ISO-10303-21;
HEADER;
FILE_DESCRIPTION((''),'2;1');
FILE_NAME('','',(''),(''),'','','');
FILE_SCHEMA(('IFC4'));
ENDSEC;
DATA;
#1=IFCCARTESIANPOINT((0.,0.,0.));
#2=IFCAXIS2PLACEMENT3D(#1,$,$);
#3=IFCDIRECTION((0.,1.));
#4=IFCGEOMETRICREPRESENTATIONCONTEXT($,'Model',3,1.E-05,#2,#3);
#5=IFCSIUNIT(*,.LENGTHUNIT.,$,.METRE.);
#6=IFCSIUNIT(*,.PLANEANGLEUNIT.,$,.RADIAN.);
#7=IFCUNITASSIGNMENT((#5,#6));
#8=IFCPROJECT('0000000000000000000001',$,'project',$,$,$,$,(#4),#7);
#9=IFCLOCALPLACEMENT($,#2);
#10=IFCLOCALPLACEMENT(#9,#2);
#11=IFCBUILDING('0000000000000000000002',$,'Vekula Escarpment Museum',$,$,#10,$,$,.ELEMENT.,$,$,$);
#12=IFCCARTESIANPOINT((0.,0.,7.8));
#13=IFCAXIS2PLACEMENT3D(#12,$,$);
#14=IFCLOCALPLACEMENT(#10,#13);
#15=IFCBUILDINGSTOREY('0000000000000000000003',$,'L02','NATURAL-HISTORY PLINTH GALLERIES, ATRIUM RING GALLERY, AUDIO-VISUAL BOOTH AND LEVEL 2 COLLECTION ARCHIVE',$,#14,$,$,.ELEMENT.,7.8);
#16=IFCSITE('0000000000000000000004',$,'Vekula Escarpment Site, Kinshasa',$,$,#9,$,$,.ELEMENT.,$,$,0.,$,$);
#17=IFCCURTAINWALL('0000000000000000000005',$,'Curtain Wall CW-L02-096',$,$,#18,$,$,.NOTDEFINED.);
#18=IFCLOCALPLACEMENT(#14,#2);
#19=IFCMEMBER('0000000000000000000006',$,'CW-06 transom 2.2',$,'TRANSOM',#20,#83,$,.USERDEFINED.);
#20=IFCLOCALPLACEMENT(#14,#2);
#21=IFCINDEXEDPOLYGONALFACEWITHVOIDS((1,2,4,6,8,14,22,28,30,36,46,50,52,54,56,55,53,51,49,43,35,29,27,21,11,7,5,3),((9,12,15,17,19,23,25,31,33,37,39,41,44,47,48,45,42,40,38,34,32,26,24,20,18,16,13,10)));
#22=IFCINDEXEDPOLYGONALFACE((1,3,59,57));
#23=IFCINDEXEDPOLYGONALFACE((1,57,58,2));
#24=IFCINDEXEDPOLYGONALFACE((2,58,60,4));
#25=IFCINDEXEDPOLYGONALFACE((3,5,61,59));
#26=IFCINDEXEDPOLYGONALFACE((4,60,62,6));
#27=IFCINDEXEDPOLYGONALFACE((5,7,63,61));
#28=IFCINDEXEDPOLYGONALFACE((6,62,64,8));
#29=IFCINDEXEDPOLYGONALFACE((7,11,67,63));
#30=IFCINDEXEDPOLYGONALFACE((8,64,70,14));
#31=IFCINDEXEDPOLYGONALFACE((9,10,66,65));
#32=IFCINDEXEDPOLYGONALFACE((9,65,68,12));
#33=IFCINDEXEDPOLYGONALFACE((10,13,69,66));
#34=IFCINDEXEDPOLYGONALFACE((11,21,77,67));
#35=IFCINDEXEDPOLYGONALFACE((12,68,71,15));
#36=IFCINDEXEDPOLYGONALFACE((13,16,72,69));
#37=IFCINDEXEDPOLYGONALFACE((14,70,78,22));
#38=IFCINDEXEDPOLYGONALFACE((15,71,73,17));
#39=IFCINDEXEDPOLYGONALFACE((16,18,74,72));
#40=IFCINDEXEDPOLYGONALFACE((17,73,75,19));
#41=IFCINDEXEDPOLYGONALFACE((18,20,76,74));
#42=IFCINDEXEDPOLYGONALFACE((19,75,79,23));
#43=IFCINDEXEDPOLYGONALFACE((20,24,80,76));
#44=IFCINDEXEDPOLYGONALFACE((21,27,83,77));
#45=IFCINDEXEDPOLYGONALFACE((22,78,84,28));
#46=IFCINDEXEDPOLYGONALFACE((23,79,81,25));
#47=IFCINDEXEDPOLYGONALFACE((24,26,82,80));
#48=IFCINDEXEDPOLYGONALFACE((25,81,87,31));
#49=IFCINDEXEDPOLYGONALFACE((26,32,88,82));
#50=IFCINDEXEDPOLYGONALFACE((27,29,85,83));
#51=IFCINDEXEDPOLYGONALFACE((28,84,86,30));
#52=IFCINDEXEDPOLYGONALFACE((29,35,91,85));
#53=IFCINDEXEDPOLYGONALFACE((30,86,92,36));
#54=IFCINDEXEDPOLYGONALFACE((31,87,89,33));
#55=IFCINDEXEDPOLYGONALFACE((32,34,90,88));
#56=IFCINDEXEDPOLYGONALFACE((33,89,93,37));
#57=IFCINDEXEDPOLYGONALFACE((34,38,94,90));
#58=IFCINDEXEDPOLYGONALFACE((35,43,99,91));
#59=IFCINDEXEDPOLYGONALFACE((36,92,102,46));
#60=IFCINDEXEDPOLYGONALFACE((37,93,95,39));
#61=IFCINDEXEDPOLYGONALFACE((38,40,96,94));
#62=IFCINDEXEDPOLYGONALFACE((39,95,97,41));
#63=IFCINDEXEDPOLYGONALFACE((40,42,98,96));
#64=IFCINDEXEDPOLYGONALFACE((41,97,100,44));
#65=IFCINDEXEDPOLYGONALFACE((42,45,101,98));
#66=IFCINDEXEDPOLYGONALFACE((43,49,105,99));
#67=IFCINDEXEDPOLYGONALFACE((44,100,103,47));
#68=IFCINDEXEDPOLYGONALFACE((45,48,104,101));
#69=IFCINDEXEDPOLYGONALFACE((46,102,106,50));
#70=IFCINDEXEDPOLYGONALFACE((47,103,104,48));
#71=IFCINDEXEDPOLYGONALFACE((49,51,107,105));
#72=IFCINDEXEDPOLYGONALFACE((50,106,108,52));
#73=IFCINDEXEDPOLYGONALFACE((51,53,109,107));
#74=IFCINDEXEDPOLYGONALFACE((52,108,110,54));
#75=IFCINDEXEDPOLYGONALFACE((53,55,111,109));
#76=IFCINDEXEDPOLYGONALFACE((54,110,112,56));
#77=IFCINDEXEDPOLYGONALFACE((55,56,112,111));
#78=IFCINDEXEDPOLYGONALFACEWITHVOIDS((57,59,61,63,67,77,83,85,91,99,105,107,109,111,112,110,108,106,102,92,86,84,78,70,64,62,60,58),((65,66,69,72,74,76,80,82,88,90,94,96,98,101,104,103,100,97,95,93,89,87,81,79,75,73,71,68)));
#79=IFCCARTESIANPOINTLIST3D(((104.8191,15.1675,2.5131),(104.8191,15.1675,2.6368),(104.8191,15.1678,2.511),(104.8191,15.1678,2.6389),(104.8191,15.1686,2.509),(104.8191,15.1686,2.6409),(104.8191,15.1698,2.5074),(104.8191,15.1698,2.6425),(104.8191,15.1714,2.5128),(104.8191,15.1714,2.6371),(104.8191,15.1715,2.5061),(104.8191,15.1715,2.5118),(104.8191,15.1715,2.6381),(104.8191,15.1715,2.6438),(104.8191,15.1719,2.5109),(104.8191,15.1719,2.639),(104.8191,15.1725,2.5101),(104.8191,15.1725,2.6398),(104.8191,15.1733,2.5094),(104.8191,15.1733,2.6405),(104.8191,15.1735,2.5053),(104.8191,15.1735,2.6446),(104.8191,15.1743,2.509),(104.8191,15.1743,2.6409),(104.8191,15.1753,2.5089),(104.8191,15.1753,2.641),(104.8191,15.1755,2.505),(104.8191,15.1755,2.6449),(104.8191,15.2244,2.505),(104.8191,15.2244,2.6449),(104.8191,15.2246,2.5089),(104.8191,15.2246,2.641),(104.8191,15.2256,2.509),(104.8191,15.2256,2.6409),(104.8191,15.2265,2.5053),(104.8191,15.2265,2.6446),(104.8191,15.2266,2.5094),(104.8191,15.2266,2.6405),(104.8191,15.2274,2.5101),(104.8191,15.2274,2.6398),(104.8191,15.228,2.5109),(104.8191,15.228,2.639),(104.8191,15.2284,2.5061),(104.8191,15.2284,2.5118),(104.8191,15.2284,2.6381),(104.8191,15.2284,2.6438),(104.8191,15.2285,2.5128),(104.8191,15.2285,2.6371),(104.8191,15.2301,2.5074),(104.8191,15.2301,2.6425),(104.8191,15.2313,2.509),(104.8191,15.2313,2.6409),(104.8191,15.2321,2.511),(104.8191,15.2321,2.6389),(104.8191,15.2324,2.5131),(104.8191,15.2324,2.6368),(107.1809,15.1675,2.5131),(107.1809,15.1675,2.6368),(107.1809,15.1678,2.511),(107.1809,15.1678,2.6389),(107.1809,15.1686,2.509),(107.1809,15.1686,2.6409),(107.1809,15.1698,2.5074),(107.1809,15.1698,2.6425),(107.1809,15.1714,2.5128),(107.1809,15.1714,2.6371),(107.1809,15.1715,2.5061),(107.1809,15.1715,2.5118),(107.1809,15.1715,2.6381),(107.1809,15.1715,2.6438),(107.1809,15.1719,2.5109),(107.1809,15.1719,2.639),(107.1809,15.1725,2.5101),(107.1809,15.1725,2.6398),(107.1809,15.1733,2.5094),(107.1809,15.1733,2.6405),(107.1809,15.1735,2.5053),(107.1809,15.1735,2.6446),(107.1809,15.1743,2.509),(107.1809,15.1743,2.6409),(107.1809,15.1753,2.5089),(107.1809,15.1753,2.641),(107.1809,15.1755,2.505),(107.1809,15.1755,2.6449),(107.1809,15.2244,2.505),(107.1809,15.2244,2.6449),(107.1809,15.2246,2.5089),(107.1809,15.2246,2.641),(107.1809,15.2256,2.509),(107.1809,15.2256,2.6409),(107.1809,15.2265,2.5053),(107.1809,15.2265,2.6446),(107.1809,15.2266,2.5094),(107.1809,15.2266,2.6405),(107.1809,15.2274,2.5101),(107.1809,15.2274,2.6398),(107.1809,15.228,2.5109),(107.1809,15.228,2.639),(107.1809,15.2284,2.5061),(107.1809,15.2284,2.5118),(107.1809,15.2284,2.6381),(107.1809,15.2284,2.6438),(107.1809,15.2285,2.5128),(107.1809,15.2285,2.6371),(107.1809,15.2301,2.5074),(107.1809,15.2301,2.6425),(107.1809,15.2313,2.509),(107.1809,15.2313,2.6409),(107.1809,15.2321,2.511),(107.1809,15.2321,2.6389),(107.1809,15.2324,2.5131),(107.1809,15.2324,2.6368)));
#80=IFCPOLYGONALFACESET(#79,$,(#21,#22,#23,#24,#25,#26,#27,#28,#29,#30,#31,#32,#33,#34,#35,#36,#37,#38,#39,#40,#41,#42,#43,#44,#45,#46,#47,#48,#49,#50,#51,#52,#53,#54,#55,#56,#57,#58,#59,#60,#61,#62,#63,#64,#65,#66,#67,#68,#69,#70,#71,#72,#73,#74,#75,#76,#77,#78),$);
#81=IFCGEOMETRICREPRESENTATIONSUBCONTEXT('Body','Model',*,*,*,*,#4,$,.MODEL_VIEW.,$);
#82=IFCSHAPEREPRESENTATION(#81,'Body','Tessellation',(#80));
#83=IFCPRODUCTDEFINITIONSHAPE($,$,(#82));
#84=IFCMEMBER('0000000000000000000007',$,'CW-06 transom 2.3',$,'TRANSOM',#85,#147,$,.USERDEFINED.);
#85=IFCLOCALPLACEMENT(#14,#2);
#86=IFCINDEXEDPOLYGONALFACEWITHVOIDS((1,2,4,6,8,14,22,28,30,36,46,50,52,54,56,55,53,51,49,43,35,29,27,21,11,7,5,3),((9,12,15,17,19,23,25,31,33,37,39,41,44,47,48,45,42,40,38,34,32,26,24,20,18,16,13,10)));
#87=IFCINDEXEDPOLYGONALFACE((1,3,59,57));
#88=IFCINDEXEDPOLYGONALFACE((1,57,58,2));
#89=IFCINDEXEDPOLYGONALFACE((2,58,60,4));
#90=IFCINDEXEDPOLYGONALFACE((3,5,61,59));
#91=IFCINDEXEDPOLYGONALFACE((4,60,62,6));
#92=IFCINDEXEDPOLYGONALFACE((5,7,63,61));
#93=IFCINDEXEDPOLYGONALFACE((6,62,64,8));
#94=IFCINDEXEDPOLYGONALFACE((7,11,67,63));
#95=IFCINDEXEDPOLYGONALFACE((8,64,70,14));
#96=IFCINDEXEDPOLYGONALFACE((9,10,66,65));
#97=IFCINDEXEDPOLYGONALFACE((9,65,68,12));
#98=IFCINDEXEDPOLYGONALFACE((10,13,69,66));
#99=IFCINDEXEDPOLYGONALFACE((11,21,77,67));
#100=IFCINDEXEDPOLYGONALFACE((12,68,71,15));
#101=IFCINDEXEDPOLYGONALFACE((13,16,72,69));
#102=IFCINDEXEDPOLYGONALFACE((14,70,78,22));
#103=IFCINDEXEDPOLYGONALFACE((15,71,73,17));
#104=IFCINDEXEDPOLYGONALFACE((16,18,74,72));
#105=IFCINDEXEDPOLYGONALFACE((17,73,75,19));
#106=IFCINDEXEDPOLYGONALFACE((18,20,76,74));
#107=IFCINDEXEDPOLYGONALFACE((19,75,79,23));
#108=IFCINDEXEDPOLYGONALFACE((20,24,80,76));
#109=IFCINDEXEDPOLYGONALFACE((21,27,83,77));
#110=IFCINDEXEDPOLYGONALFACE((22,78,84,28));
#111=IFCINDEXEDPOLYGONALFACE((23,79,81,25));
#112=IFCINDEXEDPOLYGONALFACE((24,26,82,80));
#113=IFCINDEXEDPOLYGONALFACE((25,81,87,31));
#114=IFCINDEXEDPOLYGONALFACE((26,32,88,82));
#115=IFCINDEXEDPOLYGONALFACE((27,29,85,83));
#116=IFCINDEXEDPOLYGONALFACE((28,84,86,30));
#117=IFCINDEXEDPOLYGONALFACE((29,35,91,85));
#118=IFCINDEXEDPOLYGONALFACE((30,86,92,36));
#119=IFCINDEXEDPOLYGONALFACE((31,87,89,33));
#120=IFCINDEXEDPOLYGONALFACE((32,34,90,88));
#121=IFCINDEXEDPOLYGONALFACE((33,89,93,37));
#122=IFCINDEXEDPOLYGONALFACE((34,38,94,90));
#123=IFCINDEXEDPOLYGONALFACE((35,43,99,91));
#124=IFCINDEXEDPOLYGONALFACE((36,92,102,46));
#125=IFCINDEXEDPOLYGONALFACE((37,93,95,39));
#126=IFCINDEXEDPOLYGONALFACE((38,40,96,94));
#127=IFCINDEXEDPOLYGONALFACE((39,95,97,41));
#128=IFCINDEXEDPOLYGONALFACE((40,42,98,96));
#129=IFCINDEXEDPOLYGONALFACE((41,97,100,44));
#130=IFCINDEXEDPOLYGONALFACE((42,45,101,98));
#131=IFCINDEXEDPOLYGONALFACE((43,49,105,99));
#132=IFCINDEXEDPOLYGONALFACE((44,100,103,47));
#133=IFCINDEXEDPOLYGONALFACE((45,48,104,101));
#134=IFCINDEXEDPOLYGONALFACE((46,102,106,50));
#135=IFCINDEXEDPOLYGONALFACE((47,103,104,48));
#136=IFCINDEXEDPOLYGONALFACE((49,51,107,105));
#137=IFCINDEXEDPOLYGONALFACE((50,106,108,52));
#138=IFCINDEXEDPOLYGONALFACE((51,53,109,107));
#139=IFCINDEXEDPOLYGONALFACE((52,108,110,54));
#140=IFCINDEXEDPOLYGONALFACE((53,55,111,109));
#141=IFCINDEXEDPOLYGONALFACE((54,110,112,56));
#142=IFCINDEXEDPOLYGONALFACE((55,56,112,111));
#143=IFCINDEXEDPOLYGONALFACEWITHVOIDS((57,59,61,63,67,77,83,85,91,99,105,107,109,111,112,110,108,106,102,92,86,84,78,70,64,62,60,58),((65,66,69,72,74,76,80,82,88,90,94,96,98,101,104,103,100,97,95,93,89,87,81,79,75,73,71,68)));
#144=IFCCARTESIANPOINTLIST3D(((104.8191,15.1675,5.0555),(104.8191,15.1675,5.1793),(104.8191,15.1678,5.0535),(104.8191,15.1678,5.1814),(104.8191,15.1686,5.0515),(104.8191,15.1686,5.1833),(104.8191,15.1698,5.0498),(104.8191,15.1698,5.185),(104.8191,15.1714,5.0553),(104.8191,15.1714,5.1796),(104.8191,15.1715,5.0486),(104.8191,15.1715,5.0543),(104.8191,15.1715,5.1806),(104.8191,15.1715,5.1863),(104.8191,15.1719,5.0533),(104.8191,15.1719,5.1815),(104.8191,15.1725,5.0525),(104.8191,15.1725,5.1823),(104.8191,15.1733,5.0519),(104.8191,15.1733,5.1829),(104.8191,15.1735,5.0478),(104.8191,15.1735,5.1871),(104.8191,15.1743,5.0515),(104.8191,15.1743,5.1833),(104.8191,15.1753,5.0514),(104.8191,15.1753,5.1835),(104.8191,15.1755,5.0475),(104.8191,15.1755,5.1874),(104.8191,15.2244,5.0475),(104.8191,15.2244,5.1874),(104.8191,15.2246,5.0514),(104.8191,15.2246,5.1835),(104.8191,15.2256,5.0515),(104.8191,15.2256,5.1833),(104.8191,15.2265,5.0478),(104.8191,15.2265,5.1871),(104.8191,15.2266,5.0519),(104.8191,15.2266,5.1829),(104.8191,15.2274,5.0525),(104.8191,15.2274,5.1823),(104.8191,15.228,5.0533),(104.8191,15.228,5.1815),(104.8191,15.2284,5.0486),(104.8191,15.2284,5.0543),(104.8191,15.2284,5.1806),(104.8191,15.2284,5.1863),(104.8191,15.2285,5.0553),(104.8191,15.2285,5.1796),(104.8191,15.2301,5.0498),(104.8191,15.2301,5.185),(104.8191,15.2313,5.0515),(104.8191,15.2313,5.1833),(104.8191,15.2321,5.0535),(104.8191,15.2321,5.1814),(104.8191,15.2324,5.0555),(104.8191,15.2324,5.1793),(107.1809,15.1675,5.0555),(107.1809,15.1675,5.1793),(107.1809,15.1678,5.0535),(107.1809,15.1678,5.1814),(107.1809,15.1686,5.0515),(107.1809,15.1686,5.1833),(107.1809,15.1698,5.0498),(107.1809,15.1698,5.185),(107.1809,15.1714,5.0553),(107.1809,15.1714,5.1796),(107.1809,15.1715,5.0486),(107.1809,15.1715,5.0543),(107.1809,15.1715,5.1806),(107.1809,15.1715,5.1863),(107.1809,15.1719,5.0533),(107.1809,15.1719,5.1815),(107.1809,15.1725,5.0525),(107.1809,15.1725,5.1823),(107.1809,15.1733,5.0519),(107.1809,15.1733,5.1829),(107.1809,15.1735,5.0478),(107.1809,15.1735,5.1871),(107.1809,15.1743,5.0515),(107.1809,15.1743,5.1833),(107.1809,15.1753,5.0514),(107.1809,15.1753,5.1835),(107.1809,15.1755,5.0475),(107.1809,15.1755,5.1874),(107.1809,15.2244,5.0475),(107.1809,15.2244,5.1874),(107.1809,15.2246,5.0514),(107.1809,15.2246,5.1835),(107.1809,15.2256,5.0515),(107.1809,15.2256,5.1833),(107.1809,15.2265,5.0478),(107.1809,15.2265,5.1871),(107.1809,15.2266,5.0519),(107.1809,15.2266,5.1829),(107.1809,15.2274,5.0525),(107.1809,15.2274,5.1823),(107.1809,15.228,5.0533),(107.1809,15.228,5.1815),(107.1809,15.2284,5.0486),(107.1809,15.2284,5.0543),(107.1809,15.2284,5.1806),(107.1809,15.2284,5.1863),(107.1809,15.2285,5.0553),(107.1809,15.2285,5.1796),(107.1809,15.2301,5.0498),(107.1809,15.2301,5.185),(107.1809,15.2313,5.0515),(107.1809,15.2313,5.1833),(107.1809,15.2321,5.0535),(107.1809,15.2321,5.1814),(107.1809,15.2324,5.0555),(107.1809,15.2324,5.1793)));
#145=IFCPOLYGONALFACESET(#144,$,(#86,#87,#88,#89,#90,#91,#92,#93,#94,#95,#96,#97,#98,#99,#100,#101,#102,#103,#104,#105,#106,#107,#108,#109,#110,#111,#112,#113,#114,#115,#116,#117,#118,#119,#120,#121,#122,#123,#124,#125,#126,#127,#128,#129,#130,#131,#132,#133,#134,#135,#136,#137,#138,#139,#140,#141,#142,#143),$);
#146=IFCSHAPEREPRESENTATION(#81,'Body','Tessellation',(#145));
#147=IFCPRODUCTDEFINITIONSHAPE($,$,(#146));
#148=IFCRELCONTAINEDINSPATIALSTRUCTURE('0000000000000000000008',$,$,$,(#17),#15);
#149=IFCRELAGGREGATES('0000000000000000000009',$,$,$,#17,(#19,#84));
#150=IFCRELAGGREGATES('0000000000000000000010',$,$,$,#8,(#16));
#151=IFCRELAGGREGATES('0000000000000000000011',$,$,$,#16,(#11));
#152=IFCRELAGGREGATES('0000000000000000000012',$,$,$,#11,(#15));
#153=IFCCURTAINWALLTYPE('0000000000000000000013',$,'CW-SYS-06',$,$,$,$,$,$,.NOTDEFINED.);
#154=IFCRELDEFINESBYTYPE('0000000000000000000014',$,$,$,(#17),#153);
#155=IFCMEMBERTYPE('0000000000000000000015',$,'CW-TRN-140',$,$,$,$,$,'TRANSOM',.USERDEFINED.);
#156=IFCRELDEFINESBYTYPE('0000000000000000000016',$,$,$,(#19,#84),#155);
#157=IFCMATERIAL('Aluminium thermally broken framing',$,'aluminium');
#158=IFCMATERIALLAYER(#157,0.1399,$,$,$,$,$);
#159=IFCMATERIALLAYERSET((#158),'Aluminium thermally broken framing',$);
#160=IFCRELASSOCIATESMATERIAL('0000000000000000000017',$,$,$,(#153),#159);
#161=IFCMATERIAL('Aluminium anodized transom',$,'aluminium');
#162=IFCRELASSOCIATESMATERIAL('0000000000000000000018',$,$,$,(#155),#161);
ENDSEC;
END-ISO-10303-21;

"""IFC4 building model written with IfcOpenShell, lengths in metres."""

from ifc_helpers import new_model, si_unit, direction, frame, origin, origin_2d, place, context, subcontext, project, spatial, hollow_rectangle, extrude, material, layer, layer_set, material_profile, profile_set, type_object, element, aggregate, save


model = new_model("IFC4")

# Units and contexts
model_context = context("Model", 3, precision=1e-05, world=origin(), true_north=direction((0.0, 1.0)))
body_context = subcontext(model_context, "Body", "Model", "MODEL_VIEW")
ifc_project = project(units=[si_unit("LENGTHUNIT", "METRE"), si_unit("PLANEANGLEUNIT", "RADIAN")], contexts=[model_context])

# Site, building, storey
site_placement = place(None, origin())
site = spatial("IfcSite", under=ifc_project, at=site_placement, Name="Vekula Escarpment Site, Kinshasa", CompositionType="ELEMENT", RefElevation=0.0)
building_placement = place(site_placement, origin())
building = spatial("IfcBuilding", under=site, at=building_placement, Name="Vekula Escarpment Museum", CompositionType="ELEMENT")
storey_placement = place(building_placement, frame((0.0, 0.0, 7.8)))
storey = spatial("IfcBuildingStorey", under=building, at=storey_placement, Name="L02", Description="NATURAL-HISTORY PLINTH GALLERIES, ATRIUM RING GALLERY, AUDIO-VISUAL BOOTH AND LEVEL 2 COLLECTION ARCHIVE", CompositionType="ELEMENT", Elevation=7.8)

# Curtain wall, members
ifc_material_1 = material(Name="Aluminium thermally broken framing", Category="aluminium")
ifc_layer_1 = layer(ifc_material_1, 0.1399)
ifc_layer_set_1 = layer_set([ifc_layer_1], Name="Aluminium thermally broken framing")
curtain_wall_type = type_object("IfcCurtainWallType", Name="CW-SYS-06", PredefinedType="NOTDEFINED", material=ifc_layer_set_1)
curtain_wall_placement = place(storey_placement, origin())
curtain_wall = element("IfcCurtainWall", 1, at=curtain_wall_placement, inside=storey, type_object=curtain_wall_type, Name="Curtain Wall CW-L02-096", PredefinedType="NOTDEFINED")
ifc_material_2 = material(Name="Aluminium anodized transom", Category="aluminium")
ifc_material_profile_1 = material_profile(ifc_material_2, hollow_rectangle(XDim=0.0649, YDim=0.1399, WallThickness=0.0039, InnerFilletRadius=0.0039, OuterFilletRadius=0.0081, at=origin_2d()), Name="ALU 140x65x4")
ifc_profile_set_1 = profile_set([ifc_material_profile_1], Name="Aluminium anodized transom")
member_type_1 = type_object("IfcMemberType", Name="CW-TRN-140", ElementType="TRANSOM", PredefinedType="USERDEFINED", material=ifc_profile_set_1)
member_1_placement = place(storey_placement, frame((107.1809, 15.2, 2.575), z_axis=(-1.0, 0.0, 0.0), x_axis=(0.0, -1.0, 0.0)))
member_1 = element("IfcMember", 2, at=member_1_placement, type_object=member_type_1, Name="CW-06 transom 2.2", ObjectType="TRANSOM", PredefinedType="USERDEFINED", context=body_context, shape_type="SweptSolid", body=[
    extrude(hollow_rectangle(XDim=0.0649, YDim=0.1399, WallThickness=0.0039, InnerFilletRadius=0.0039, OuterFilletRadius=0.0081, at=origin_2d()), origin(), (0.0, 0.0, 1.0), 2.3618),
])
member_2_placement = place(storey_placement, frame((107.1809, 15.2, 5.1174), z_axis=(-1.0, 0.0, 0.0), x_axis=(0.0, -1.0, 0.0)))
member_2 = element("IfcMember", 3, at=member_2_placement, type_object=member_type_1, Name="CW-06 transom 2.3", ObjectType="TRANSOM", PredefinedType="USERDEFINED", context=body_context, shape_type="SweptSolid", body=[
    extrude(hollow_rectangle(XDim=0.0649, YDim=0.1399, WallThickness=0.0039, InnerFilletRadius=0.0039, OuterFilletRadius=0.0081, at=origin_2d()), origin(), (0.0, 0.0, 1.0), 2.3618),
])

aggregate(curtain_wall, [member_1, member_2])

save(model, "model.ifc")
